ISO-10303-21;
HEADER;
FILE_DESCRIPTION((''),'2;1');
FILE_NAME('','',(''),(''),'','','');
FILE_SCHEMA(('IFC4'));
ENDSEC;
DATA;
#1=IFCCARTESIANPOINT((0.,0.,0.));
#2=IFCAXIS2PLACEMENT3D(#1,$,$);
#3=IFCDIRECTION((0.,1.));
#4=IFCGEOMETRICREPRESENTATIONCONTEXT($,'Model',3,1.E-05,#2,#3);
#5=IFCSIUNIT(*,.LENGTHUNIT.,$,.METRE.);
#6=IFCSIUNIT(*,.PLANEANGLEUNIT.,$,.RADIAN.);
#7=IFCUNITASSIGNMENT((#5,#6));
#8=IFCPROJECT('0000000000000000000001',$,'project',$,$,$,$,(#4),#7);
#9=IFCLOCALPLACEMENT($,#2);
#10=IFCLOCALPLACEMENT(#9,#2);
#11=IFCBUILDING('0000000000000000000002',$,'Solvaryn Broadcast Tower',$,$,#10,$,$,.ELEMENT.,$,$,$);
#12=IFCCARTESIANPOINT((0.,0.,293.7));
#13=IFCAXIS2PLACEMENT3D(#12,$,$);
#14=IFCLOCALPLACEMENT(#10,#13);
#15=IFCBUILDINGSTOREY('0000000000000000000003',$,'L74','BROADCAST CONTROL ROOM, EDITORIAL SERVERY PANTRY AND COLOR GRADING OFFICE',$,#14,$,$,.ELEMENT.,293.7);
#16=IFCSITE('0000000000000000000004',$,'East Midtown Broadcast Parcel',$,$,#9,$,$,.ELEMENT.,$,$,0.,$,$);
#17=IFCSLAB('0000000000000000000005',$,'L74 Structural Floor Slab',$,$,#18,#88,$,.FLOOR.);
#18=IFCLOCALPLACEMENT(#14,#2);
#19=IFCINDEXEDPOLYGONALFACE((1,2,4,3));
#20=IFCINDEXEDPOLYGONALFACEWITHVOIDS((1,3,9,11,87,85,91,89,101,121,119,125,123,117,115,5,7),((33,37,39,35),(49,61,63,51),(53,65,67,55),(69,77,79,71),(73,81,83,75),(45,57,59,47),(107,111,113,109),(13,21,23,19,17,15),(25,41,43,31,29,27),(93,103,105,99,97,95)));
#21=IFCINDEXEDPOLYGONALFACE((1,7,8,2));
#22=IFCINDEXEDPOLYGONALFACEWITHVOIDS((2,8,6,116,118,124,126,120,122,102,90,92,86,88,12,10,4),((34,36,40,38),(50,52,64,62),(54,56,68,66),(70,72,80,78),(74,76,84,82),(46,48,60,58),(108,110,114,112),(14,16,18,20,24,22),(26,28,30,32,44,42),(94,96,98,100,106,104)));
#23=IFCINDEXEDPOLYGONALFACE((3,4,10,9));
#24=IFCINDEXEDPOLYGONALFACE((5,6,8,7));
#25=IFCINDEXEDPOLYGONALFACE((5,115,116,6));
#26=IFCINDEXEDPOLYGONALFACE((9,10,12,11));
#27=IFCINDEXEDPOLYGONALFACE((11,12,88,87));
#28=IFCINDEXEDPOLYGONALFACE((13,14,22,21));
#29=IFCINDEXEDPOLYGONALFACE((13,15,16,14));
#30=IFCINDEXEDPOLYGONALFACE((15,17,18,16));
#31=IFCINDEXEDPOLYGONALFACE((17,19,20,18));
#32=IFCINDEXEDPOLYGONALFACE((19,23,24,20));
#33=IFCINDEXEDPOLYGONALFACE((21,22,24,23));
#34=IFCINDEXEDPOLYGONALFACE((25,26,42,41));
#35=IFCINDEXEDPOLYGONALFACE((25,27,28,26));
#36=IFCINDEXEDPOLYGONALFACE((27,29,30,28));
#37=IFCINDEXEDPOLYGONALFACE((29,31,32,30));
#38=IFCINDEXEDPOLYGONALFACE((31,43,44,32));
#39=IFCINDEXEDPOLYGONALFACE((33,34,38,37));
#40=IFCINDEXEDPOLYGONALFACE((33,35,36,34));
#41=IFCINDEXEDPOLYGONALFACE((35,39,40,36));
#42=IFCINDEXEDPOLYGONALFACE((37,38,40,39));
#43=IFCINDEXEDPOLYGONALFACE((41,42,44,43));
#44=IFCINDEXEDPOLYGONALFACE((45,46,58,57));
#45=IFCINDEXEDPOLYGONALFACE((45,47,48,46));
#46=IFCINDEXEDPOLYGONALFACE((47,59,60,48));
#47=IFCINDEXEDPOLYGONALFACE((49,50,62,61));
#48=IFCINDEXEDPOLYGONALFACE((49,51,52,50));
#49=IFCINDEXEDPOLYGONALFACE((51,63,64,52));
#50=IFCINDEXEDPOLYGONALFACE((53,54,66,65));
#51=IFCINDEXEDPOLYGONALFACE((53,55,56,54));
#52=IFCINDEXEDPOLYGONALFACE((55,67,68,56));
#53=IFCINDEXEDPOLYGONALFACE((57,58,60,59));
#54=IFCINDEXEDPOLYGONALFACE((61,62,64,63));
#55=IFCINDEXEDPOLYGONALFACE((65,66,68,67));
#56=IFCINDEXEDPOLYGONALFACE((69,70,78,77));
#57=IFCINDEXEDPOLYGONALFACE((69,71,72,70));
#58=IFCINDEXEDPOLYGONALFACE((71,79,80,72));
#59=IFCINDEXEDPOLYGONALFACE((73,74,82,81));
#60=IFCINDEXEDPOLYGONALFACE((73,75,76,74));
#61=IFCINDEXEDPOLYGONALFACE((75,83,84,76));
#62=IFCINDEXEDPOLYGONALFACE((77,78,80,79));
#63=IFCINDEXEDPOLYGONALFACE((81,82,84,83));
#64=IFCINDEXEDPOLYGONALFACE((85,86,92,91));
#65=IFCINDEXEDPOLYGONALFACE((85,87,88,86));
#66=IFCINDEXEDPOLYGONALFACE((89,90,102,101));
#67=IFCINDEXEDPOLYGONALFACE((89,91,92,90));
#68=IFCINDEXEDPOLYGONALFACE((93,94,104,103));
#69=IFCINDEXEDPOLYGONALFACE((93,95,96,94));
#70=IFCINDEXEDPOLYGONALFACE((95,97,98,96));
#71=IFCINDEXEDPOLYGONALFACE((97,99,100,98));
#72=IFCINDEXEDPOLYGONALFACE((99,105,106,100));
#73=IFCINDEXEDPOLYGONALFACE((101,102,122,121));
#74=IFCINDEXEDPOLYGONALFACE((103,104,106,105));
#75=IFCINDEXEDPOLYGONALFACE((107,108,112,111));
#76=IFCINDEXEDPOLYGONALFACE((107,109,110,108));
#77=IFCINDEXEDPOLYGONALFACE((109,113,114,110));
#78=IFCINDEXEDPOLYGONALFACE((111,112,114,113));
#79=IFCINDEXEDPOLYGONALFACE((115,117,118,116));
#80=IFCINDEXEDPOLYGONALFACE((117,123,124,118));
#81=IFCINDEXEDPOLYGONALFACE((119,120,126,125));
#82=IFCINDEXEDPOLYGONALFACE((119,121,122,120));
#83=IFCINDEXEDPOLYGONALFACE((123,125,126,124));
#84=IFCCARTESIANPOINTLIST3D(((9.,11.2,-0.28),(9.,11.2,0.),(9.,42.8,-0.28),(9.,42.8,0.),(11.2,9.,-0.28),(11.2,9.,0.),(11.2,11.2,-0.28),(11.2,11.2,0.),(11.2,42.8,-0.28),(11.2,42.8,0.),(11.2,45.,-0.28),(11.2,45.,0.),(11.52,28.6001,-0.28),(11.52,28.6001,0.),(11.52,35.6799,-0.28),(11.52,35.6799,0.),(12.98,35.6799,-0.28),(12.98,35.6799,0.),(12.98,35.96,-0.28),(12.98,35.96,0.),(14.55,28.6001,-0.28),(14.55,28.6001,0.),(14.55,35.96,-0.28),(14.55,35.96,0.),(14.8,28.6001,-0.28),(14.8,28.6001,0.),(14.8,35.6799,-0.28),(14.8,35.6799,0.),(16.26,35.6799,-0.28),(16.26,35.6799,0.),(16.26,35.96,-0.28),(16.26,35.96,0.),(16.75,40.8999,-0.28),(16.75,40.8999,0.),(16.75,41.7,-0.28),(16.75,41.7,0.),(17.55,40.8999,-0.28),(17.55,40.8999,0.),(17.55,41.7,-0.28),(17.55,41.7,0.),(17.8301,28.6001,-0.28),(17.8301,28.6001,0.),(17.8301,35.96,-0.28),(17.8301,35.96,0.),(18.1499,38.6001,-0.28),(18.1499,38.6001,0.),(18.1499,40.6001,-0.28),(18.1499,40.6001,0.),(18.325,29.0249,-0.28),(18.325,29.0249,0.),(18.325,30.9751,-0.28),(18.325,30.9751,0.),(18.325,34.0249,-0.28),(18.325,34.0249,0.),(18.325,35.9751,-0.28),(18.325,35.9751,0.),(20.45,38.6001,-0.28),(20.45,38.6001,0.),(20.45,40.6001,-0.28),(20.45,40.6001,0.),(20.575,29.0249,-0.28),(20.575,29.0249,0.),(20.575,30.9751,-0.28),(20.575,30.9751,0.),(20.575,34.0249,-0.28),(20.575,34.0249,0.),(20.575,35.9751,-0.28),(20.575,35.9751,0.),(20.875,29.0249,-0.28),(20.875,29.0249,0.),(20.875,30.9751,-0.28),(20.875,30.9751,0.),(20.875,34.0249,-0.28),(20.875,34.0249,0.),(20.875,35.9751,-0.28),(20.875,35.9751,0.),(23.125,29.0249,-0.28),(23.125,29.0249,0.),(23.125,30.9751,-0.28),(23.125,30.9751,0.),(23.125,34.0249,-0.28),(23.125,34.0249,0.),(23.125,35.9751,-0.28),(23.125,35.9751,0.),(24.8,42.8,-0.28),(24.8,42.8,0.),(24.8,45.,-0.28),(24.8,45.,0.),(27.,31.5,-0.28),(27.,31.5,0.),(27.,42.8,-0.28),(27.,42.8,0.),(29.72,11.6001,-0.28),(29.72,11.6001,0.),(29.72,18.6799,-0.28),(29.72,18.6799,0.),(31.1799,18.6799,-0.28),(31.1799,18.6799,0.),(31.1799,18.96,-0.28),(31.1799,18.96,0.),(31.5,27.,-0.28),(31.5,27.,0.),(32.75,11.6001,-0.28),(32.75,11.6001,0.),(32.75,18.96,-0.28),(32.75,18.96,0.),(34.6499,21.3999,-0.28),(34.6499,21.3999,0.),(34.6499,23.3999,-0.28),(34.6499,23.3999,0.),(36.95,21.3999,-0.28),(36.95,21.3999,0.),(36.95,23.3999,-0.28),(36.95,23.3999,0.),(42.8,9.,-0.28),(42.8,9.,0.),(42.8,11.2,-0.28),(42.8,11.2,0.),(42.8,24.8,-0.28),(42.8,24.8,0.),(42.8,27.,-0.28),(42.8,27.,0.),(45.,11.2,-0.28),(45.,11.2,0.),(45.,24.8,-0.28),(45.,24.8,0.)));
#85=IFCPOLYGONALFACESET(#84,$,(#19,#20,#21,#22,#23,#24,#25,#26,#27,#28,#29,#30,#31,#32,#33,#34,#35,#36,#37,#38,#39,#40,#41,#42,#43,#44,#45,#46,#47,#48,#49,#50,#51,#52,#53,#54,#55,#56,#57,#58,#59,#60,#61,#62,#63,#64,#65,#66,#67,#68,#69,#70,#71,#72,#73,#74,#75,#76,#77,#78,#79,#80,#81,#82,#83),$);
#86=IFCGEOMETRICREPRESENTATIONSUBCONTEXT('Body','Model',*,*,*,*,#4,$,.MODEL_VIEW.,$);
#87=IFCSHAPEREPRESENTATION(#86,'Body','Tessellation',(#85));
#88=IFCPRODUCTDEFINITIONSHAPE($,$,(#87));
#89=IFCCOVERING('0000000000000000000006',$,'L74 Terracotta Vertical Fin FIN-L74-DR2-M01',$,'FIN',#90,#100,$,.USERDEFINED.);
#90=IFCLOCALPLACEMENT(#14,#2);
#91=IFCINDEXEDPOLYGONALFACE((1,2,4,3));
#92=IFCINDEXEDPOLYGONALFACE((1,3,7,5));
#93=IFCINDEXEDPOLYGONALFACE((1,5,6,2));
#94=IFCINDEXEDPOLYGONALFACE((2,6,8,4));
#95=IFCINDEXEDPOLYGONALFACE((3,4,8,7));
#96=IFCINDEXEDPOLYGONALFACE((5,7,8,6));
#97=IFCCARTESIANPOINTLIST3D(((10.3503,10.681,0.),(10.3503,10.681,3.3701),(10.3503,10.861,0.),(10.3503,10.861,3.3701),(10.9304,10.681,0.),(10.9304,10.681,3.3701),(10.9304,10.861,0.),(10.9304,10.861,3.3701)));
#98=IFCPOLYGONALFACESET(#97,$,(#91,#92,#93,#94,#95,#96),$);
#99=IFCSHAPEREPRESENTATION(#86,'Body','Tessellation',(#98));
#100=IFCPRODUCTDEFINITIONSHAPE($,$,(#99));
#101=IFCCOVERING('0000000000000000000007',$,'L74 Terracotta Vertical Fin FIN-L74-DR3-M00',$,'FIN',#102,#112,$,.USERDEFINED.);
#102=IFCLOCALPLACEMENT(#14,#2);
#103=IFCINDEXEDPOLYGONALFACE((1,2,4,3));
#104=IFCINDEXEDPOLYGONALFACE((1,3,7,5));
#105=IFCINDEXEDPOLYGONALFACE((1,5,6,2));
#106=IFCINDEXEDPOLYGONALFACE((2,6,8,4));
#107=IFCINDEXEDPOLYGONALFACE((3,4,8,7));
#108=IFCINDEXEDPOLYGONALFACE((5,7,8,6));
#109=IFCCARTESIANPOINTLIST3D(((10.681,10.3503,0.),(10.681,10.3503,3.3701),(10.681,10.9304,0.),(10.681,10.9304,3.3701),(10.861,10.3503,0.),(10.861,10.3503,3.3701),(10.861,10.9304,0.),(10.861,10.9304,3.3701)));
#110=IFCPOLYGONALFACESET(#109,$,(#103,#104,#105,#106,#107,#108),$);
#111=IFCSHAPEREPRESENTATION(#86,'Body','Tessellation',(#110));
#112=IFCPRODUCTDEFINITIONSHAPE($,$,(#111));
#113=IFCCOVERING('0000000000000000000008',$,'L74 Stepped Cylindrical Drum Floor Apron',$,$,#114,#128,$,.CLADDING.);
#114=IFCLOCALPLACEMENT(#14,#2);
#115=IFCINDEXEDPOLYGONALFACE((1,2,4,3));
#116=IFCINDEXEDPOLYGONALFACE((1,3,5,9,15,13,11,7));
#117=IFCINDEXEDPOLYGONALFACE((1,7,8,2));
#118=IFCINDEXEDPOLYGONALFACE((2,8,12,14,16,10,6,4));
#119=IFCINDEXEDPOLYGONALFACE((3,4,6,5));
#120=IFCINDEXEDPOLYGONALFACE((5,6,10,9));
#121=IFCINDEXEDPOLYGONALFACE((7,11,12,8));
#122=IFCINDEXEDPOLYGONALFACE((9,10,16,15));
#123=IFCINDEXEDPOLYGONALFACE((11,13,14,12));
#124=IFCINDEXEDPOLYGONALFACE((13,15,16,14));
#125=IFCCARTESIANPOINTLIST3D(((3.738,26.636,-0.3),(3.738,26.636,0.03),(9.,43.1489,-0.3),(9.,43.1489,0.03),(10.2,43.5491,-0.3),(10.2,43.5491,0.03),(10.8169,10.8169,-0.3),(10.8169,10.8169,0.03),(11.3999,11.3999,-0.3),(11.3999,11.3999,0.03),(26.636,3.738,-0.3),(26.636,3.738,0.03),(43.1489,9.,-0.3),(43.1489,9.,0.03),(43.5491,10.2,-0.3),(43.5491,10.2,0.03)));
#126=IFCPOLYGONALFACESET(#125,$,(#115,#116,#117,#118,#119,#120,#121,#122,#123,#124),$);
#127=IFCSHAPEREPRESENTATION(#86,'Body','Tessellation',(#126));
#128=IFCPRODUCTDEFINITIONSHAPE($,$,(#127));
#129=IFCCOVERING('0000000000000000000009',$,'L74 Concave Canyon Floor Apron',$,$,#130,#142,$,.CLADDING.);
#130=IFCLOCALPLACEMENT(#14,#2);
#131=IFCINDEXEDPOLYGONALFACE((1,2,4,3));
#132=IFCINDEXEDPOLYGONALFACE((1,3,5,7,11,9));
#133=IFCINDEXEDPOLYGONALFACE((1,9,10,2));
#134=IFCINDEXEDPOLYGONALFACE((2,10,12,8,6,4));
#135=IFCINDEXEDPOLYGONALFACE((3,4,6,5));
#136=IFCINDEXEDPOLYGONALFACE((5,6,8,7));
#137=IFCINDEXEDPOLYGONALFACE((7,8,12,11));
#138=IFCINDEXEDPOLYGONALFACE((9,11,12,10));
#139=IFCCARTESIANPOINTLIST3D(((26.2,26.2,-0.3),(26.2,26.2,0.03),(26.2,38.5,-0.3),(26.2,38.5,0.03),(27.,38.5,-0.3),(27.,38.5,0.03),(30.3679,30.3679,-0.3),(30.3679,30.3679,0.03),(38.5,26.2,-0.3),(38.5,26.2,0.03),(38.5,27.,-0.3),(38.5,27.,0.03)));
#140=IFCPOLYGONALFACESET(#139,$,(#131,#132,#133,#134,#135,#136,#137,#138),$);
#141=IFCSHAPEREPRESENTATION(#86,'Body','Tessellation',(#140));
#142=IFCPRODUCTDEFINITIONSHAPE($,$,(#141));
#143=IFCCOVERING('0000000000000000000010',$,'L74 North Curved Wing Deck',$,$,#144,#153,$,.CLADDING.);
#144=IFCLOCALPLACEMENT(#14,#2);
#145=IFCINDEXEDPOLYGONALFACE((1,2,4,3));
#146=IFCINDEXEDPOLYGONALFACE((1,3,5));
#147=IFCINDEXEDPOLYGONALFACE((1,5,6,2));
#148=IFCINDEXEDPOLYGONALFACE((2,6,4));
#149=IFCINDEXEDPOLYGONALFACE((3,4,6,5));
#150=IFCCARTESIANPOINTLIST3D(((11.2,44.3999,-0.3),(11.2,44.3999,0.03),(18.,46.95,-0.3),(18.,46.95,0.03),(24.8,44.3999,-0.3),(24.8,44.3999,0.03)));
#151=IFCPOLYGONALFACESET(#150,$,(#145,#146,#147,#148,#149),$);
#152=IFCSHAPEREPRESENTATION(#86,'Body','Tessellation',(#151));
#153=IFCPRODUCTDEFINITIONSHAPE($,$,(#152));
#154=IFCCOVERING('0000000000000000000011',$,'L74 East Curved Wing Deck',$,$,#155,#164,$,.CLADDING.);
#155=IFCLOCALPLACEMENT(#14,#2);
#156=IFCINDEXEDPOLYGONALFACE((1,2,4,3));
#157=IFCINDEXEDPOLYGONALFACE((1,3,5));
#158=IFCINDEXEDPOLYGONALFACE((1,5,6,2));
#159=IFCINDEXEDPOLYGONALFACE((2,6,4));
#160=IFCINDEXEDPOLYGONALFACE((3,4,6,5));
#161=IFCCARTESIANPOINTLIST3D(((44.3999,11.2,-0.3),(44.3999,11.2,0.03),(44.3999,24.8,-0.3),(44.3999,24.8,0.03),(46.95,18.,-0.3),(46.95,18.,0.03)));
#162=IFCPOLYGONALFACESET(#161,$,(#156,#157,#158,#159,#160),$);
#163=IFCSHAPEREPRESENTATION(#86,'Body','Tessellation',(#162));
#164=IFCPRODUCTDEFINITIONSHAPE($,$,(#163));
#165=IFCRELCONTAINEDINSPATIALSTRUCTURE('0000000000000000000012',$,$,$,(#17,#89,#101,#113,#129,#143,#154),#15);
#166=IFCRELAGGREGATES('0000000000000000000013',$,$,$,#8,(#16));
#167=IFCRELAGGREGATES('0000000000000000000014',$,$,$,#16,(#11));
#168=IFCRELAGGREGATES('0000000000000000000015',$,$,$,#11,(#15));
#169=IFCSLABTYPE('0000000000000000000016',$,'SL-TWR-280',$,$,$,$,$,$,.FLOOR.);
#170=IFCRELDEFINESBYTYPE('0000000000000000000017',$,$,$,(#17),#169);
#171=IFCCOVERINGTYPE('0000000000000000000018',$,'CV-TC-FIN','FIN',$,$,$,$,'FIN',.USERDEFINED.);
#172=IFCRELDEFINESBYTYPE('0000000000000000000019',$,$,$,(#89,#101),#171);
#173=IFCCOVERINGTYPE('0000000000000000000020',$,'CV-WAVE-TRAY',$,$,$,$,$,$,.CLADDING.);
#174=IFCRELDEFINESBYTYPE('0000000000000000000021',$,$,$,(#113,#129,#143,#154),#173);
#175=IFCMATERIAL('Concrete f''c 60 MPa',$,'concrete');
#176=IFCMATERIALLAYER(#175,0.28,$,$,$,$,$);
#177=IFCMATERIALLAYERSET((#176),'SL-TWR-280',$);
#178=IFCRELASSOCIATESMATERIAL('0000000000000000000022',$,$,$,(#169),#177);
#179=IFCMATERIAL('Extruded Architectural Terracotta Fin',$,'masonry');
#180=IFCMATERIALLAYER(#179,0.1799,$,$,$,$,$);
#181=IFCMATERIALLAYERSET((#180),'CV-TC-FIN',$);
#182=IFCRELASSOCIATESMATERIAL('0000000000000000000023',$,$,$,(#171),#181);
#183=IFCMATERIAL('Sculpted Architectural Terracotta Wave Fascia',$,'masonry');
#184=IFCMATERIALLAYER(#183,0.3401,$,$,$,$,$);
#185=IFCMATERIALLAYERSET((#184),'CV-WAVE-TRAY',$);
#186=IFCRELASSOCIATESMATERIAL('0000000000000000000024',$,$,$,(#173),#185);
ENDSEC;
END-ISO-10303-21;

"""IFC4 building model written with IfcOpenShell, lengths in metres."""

from ifc_helpers import new_model, si_unit, direction, frame, origin, origin_2d, place, context, subcontext, project, spatial, polyline, rectangle, outline, extrude, material, layer, layer_set, type_object, element, save


model = new_model("IFC4")

# Units and contexts
model_context = context("Model", 3, precision=1e-05, world=origin(), true_north=direction((0.0, 1.0)))
body_context = subcontext(model_context, "Body", "Model", "MODEL_VIEW")
ifc_project = project(units=[si_unit("LENGTHUNIT", "METRE"), si_unit("PLANEANGLEUNIT", "RADIAN")], contexts=[model_context])

# Site, building, storey
site_placement = place(None, origin())
site = spatial("IfcSite", under=ifc_project, at=site_placement, Name="East Midtown Broadcast Parcel", CompositionType="ELEMENT", RefElevation=0.0)
building_placement = place(site_placement, origin())
building = spatial("IfcBuilding", under=site, at=building_placement, Name="Solvaryn Broadcast Tower", CompositionType="ELEMENT")
storey_placement = place(building_placement, frame((0.0, 0.0, 293.7)))
storey = spatial("IfcBuildingStorey", under=building, at=storey_placement, Name="L74", Description="BROADCAST CONTROL ROOM, EDITORIAL SERVERY PANTRY AND COLOR GRADING OFFICE", CompositionType="ELEMENT", Elevation=293.7)

# Slab
ifc_material_1 = material(Name="Concrete f'c 60 MPa", Category="concrete")
ifc_layer_1 = layer(ifc_material_1, 0.28)
ifc_layer_set_1 = layer_set([ifc_layer_1], Name="SL-TWR-280")
slab_type_1 = type_object("IfcSlabType", Name="SL-TWR-280", PredefinedType="FLOOR", material=ifc_layer_set_1)
slab_1_placement = place(storey_placement, frame((0.0, 0.0, -0.28)))
element("IfcSlab", 1, at=slab_1_placement, inside=storey, type_object=slab_type_1, Name="L74 Structural Floor Slab", PredefinedType="FLOOR", context=body_context, shape_type="SweptSolid", body=[
    extrude(outline(polyline([(11.2, 9.0), (42.8, 9.0), (42.8, 11.2), (45.0, 11.2), (45.0, 24.8), (42.8, 24.8), (42.8, 27.0), (31.5, 27.0), (27.0, 31.5), (27.0, 42.8), (24.8, 42.8), (24.8, 45.0), (11.2, 45.0), (11.2, 42.8), (9.0, 42.8), (9.0, 11.2), (11.2, 11.2), (11.2, 9.0)]), holes=[polyline([(11.52, 28.6001), (14.55, 28.6001), (14.55, 35.96), (12.98, 35.96), (12.98, 35.6799), (11.52, 35.6799), (11.52, 28.6001)]), polyline([(14.8, 28.6001), (17.8301, 28.6001), (17.8301, 35.96), (16.26, 35.96), (16.26, 35.6799), (14.8, 35.6799), (14.8, 28.6001)]), polyline([(29.72, 11.6001), (32.75, 11.6001), (32.75, 18.96), (31.1799, 18.96), (31.1799, 18.6799), (29.72, 18.6799), (29.72, 11.6001)]), polyline([(18.1499, 38.6001), (20.45, 38.6001), (20.45, 40.6001), (18.1499, 40.6001), (18.1499, 38.6001)]), polyline([(18.325, 29.0249), (20.575, 29.0249), (20.575, 30.9751), (18.325, 30.9751), (18.325, 29.0249)]), polyline([(20.875, 29.0249), (23.125, 29.0249), (23.125, 30.9751), (20.875, 30.9751), (20.875, 29.0249)]), polyline([(18.325, 34.0249), (20.575, 34.0249), (20.575, 35.9751), (18.325, 35.9751), (18.325, 34.0249)]), polyline([(20.875, 34.0249), (23.125, 34.0249), (23.125, 35.9751), (20.875, 35.9751), (20.875, 34.0249)]), polyline([(34.6499, 21.3999), (36.95, 21.3999), (36.95, 23.3999), (34.6499, 23.3999), (34.6499, 21.3999)]), polyline([(16.75, 40.8999), (17.55, 40.8999), (17.55, 41.7), (16.75, 41.7), (16.75, 40.8999)])]), origin(), (0.0, 0.0, 1.0), 0.28),
])

# Coverings
ifc_material_2 = material(Name="Extruded Architectural Terracotta Fin", Category="masonry")
ifc_layer_2 = layer(ifc_material_2, 0.1799)
ifc_layer_set_2 = layer_set([ifc_layer_2], Name="CV-TC-FIN")
covering_type_1 = type_object("IfcCoveringType", Name="CV-TC-FIN", Description="FIN", ElementType="FIN", PredefinedType="USERDEFINED", material=ifc_layer_set_2)
covering_1_placement = place(storey_placement, frame((10.6404, 10.771, 0.0), z_axis=(0.0, 0.0, 1.0), x_axis=(1.0, 0.0, 0.0)))
element("IfcCovering", 2, at=covering_1_placement, inside=storey, type_object=covering_type_1, Name="L74 Terracotta Vertical Fin FIN-L74-DR2-M01", ObjectType="FIN", PredefinedType="USERDEFINED", context=body_context, shape_type="SweptSolid", body=[
    extrude(rectangle(XDim=0.5801, YDim=0.1799, at=origin_2d()), origin(), (0.0, 0.0, 1.0), 3.3701),
])
covering_2_placement = place(storey_placement, frame((10.771, 10.6404, 0.0), z_axis=(0.0, 0.0, 1.0), x_axis=(1.0, 0.0, 0.0)))
element("IfcCovering", 3, at=covering_2_placement, inside=storey, type_object=covering_type_1, Name="L74 Terracotta Vertical Fin FIN-L74-DR3-M00", ObjectType="FIN", PredefinedType="USERDEFINED", context=body_context, shape_type="SweptSolid", body=[
    extrude(rectangle(XDim=0.1799, YDim=0.5801, at=origin_2d()), origin(), (0.0, 0.0, 1.0), 3.3701),
])
ifc_material_3 = material(Name="Sculpted Architectural Terracotta Wave Fascia", Category="masonry")
ifc_layer_3 = layer(ifc_material_3, 0.3401)
ifc_layer_set_3 = layer_set([ifc_layer_3], Name="CV-WAVE-TRAY")
covering_type_2 = type_object("IfcCoveringType", Name="CV-WAVE-TRAY", PredefinedType="CLADDING", material=ifc_layer_set_3)
covering_3_placement = place(storey_placement, frame((0.0, 0.0, -0.3)))
element("IfcCovering", 4, at=covering_3_placement, inside=storey, type_object=covering_type_2, Name="L74 Stepped Cylindrical Drum Floor Apron", PredefinedType="CLADDING", context=body_context, shape_type="SweptSolid", body=[
    extrude(outline(polyline([(10.2, 43.5491), (9.0, 43.1489), (3.738, 26.636), (10.8169, 10.8169), (26.636, 3.738), (43.1489, 9.0), (43.1489, 9.0), (43.5491, 10.2), (11.3999, 11.3999), (10.2, 43.5491)])), origin(), (0.0, 0.0, 1.0), 0.3301),
])
covering_4_placement = place(storey_placement, frame((0.0, 0.0, -0.3)))
element("IfcCovering", 5, at=covering_4_placement, inside=storey, type_object=covering_type_2, Name="L74 Concave Canyon Floor Apron", PredefinedType="CLADDING", context=body_context, shape_type="SweptSolid", body=[
    extrude(outline(polyline([(26.2, 26.2), (38.5, 26.2), (38.5, 27.0), (30.3679, 30.3679), (27.0, 38.5), (26.2, 38.5), (26.2, 26.2)])), origin(), (0.0, 0.0, 1.0), 0.3301),
])
covering_5_placement = place(storey_placement, frame((0.0, 0.0, -0.3)))
element("IfcCovering", 6, at=covering_5_placement, inside=storey, type_object=covering_type_2, Name="L74 North Curved Wing Deck", PredefinedType="CLADDING", context=body_context, shape_type="SweptSolid", body=[
    extrude(outline(polyline([(11.2, 44.3999), (24.8, 44.3999), (18.0, 46.95), (11.2, 44.3999)])), origin(), (0.0, 0.0, 1.0), 0.3301),
])
covering_6_placement = place(storey_placement, frame((0.0, 0.0, -0.3)))
element("IfcCovering", 7, at=covering_6_placement, inside=storey, type_object=covering_type_2, Name="L74 East Curved Wing Deck", PredefinedType="CLADDING", context=body_context, shape_type="SweptSolid", body=[
    extrude(outline(polyline([(44.3999, 11.2), (46.95, 18.0), (44.3999, 24.8), (44.3999, 11.2)])), origin(), (0.0, 0.0, 1.0), 0.3301),
])

save(model, "model.ifc")
